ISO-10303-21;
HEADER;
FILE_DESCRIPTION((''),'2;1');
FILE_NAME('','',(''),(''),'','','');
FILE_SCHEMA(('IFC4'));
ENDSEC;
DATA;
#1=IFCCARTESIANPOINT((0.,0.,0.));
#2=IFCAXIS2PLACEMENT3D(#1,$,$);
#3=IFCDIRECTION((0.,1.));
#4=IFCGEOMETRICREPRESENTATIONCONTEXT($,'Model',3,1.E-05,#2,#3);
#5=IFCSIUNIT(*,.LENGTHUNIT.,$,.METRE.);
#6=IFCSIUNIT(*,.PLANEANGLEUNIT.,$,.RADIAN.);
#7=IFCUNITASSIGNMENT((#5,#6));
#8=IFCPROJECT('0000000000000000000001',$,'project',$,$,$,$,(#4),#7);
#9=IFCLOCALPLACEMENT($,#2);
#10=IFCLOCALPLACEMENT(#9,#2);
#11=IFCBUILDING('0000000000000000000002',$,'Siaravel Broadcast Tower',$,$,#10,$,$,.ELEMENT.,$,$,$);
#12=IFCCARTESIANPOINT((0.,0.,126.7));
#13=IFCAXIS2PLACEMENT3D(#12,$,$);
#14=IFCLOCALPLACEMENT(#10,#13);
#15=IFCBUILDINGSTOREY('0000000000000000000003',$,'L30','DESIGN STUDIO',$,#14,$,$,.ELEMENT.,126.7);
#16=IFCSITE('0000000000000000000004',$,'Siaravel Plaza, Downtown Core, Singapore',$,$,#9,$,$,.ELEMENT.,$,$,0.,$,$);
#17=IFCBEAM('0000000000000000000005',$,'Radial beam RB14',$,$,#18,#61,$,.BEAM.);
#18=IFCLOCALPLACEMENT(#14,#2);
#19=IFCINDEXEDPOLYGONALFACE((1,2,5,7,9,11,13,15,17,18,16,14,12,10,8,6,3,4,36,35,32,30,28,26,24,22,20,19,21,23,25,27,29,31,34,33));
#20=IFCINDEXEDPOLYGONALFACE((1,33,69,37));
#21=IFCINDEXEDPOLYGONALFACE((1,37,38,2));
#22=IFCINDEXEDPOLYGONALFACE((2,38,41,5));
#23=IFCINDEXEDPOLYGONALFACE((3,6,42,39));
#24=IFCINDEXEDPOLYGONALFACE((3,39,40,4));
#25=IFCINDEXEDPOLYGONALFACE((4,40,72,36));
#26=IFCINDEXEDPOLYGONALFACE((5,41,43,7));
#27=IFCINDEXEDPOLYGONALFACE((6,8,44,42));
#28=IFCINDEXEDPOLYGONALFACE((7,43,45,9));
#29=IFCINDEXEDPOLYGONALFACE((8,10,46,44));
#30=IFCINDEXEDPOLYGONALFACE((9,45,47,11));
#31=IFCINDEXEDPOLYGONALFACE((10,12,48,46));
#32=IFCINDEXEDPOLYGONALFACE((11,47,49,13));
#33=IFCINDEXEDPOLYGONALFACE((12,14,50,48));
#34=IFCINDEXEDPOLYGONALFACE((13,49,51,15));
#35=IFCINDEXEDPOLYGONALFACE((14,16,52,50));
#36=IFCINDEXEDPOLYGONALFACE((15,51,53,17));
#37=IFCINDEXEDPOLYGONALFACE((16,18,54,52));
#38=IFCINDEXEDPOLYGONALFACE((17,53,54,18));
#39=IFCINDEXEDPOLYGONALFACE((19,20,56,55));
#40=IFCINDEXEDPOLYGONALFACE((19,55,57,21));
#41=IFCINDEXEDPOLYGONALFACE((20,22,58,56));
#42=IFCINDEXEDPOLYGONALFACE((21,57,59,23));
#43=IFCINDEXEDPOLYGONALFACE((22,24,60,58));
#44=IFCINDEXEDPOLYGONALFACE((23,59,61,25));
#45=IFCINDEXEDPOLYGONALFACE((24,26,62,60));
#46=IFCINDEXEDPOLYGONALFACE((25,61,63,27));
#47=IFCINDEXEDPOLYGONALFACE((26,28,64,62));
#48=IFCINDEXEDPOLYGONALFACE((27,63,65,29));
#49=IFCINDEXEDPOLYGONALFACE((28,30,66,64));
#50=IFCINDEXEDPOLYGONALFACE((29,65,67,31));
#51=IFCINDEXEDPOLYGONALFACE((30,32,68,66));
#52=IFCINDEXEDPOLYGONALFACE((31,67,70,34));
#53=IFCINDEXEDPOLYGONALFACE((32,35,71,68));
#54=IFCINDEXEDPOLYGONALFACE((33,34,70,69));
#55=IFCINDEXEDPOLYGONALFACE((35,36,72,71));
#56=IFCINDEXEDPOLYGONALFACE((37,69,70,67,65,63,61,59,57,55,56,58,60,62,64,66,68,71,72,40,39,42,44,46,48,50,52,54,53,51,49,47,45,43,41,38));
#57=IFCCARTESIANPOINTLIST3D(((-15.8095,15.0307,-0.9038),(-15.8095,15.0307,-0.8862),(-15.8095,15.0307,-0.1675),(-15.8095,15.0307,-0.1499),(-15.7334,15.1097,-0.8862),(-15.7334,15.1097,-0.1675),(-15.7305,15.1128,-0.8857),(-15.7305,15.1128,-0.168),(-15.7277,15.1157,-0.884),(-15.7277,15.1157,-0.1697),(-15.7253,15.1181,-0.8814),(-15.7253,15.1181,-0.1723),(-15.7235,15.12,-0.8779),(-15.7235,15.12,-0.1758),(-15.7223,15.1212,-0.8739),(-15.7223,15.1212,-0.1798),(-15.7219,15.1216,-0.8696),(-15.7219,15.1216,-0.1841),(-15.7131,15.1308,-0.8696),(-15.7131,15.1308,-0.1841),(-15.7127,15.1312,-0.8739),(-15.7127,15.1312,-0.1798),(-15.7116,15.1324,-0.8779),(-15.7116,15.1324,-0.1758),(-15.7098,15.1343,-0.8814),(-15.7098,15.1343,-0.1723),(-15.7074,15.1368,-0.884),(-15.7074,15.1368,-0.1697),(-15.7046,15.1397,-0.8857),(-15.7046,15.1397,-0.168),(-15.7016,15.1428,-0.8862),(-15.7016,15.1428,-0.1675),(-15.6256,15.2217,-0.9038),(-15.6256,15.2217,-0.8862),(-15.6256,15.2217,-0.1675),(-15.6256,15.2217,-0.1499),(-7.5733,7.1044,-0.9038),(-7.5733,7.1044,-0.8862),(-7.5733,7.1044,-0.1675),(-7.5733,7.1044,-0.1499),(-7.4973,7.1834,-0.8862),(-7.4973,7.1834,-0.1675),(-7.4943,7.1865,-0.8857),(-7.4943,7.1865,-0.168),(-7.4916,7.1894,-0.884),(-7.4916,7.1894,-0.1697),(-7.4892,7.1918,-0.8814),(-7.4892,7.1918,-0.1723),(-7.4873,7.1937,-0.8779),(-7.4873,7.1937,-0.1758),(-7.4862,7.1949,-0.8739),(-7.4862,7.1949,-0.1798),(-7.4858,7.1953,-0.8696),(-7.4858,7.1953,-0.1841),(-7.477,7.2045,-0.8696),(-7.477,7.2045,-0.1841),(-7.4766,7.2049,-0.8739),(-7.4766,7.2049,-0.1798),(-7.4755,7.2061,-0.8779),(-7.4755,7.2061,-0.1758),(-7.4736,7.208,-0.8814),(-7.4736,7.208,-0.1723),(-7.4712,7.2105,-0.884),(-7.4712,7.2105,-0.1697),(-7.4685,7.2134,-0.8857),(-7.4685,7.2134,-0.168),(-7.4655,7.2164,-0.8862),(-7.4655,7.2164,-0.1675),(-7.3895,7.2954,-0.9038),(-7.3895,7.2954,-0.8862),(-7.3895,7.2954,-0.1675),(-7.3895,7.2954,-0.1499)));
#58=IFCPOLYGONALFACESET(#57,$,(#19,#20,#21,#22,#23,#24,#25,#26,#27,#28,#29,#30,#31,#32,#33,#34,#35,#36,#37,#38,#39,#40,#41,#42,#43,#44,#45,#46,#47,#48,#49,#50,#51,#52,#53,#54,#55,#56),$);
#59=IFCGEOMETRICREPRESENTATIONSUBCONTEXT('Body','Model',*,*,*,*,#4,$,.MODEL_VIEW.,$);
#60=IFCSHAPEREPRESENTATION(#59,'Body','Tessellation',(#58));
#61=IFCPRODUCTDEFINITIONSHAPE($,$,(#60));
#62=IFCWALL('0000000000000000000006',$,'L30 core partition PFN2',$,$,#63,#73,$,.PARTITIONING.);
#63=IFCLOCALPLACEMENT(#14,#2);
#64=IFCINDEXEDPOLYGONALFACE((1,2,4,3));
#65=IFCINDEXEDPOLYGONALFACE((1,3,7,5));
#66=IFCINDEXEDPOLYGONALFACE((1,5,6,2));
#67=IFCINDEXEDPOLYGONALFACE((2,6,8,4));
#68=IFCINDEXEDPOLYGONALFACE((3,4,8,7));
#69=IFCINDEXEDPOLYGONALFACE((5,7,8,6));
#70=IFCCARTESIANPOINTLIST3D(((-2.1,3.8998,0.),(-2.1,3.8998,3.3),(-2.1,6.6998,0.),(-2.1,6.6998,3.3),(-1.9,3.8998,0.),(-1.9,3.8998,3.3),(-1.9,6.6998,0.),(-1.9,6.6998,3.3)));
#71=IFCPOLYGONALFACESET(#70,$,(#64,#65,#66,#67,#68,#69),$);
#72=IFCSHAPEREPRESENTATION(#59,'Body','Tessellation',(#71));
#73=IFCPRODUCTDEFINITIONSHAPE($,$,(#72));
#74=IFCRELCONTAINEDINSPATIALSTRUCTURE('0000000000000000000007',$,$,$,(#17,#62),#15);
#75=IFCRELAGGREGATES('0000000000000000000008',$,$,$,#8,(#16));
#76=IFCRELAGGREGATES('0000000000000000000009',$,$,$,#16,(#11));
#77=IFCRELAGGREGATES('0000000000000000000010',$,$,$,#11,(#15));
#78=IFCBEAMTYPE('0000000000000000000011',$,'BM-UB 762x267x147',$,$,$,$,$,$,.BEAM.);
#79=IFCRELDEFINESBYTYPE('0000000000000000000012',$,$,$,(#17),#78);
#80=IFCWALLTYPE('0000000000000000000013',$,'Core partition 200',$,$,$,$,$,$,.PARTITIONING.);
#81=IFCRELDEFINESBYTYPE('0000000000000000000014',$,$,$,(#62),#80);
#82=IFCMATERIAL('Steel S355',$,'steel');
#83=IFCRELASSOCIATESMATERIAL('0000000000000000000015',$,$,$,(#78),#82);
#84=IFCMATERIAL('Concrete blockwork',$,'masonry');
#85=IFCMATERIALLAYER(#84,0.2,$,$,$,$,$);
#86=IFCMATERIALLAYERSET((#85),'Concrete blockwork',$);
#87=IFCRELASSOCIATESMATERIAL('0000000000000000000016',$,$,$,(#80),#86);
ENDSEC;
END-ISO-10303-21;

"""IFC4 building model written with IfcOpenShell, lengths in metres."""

from ifc_helpers import new_model, si_unit, direction, frame, frame_2d, origin, origin_2d, place, context, subcontext, project, spatial, rectangle, i_section, extrude, material, layer, layer_set, material_profile, profile_set, type_object, element, save


model = new_model("IFC4")

# Units and contexts
model_context = context("Model", 3, precision=1e-05, world=origin(), true_north=direction((0.0, 1.0)))
body_context = subcontext(model_context, "Body", "Model", "MODEL_VIEW")
ifc_project = project(units=[si_unit("LENGTHUNIT", "METRE"), si_unit("PLANEANGLEUNIT", "RADIAN")], contexts=[model_context])

# Site, building, storey
site_placement = place(None, origin())
site = spatial("IfcSite", under=ifc_project, at=site_placement, Name="Siaravel Plaza, Downtown Core, Singapore", CompositionType="ELEMENT", RefElevation=0.0)
building_placement = place(site_placement, origin())
building = spatial("IfcBuilding", under=site, at=building_placement, Name="Siaravel Broadcast Tower", CompositionType="ELEMENT")
storey_placement = place(building_placement, frame((0.0, 0.0, 126.7)))
storey = spatial("IfcBuildingStorey", under=building, at=storey_placement, Name="L30", Description="DESIGN STUDIO", CompositionType="ELEMENT", Elevation=126.7)

# Beam
ifc_material_1 = material(Name="Steel S355", Category="steel")
ifc_material_profile = material_profile(ifc_material_1, i_section(OverallWidth=0.2651, OverallDepth=0.7539, WebThickness=0.0127, FlangeThickness=0.0176, FilletRadius=0.0166, at=origin_2d()))
ifc_profile_set = profile_set([ifc_material_profile], Name="Steel S355")
beam_type = type_object("IfcBeamType", Name="BM-UB 762x267x147", PredefinedType="BEAM", material=ifc_profile_set)
beam_placement = place(storey_placement, frame((-15.7175, 15.1262, -0.5269), z_axis=(0.720529, -0.693425, 0.0), x_axis=(0.693425, 0.720529, 0.0)))
element("IfcBeam", 1, at=beam_placement, inside=storey, type_object=beam_type, Name="Radial beam RB14", PredefinedType="BEAM", context=body_context, shape_type="SweptSolid", body=[
    extrude(i_section(OverallWidth=0.2651, OverallDepth=0.7539, WebThickness=0.0127, FlangeThickness=0.0176, FilletRadius=0.0166, at=origin_2d()), origin(), (0.0, 0.0, 1.0), 11.4307),
])

# Wall
ifc_material_2 = material(Name="Concrete blockwork", Category="masonry")
ifc_layer_1 = layer(ifc_material_2, 0.2)
ifc_layer_set_1 = layer_set([ifc_layer_1], Name="Concrete blockwork")
wall_type_1 = type_object("IfcWallType", Name="Core partition 200", PredefinedType="PARTITIONING", material=ifc_layer_set_1)
wall_1_placement = place(storey_placement, frame((-2.0, 3.8999, 0.0), z_axis=(0.0, 0.0, 1.0), x_axis=(0.0, 1.0, 0.0)))
element("IfcWall", 2, at=wall_1_placement, inside=storey, type_object=wall_type_1, Name="L30 core partition PFN2", PredefinedType="PARTITIONING", context=body_context, shape_type="SweptSolid", body=[
    extrude(rectangle(XDim=2.8, YDim=0.2, at=frame_2d((1.3999, 0.0))), origin(), (0.0, 0.0, 1.0), 3.3),
])

save(model, "model.ifc")
